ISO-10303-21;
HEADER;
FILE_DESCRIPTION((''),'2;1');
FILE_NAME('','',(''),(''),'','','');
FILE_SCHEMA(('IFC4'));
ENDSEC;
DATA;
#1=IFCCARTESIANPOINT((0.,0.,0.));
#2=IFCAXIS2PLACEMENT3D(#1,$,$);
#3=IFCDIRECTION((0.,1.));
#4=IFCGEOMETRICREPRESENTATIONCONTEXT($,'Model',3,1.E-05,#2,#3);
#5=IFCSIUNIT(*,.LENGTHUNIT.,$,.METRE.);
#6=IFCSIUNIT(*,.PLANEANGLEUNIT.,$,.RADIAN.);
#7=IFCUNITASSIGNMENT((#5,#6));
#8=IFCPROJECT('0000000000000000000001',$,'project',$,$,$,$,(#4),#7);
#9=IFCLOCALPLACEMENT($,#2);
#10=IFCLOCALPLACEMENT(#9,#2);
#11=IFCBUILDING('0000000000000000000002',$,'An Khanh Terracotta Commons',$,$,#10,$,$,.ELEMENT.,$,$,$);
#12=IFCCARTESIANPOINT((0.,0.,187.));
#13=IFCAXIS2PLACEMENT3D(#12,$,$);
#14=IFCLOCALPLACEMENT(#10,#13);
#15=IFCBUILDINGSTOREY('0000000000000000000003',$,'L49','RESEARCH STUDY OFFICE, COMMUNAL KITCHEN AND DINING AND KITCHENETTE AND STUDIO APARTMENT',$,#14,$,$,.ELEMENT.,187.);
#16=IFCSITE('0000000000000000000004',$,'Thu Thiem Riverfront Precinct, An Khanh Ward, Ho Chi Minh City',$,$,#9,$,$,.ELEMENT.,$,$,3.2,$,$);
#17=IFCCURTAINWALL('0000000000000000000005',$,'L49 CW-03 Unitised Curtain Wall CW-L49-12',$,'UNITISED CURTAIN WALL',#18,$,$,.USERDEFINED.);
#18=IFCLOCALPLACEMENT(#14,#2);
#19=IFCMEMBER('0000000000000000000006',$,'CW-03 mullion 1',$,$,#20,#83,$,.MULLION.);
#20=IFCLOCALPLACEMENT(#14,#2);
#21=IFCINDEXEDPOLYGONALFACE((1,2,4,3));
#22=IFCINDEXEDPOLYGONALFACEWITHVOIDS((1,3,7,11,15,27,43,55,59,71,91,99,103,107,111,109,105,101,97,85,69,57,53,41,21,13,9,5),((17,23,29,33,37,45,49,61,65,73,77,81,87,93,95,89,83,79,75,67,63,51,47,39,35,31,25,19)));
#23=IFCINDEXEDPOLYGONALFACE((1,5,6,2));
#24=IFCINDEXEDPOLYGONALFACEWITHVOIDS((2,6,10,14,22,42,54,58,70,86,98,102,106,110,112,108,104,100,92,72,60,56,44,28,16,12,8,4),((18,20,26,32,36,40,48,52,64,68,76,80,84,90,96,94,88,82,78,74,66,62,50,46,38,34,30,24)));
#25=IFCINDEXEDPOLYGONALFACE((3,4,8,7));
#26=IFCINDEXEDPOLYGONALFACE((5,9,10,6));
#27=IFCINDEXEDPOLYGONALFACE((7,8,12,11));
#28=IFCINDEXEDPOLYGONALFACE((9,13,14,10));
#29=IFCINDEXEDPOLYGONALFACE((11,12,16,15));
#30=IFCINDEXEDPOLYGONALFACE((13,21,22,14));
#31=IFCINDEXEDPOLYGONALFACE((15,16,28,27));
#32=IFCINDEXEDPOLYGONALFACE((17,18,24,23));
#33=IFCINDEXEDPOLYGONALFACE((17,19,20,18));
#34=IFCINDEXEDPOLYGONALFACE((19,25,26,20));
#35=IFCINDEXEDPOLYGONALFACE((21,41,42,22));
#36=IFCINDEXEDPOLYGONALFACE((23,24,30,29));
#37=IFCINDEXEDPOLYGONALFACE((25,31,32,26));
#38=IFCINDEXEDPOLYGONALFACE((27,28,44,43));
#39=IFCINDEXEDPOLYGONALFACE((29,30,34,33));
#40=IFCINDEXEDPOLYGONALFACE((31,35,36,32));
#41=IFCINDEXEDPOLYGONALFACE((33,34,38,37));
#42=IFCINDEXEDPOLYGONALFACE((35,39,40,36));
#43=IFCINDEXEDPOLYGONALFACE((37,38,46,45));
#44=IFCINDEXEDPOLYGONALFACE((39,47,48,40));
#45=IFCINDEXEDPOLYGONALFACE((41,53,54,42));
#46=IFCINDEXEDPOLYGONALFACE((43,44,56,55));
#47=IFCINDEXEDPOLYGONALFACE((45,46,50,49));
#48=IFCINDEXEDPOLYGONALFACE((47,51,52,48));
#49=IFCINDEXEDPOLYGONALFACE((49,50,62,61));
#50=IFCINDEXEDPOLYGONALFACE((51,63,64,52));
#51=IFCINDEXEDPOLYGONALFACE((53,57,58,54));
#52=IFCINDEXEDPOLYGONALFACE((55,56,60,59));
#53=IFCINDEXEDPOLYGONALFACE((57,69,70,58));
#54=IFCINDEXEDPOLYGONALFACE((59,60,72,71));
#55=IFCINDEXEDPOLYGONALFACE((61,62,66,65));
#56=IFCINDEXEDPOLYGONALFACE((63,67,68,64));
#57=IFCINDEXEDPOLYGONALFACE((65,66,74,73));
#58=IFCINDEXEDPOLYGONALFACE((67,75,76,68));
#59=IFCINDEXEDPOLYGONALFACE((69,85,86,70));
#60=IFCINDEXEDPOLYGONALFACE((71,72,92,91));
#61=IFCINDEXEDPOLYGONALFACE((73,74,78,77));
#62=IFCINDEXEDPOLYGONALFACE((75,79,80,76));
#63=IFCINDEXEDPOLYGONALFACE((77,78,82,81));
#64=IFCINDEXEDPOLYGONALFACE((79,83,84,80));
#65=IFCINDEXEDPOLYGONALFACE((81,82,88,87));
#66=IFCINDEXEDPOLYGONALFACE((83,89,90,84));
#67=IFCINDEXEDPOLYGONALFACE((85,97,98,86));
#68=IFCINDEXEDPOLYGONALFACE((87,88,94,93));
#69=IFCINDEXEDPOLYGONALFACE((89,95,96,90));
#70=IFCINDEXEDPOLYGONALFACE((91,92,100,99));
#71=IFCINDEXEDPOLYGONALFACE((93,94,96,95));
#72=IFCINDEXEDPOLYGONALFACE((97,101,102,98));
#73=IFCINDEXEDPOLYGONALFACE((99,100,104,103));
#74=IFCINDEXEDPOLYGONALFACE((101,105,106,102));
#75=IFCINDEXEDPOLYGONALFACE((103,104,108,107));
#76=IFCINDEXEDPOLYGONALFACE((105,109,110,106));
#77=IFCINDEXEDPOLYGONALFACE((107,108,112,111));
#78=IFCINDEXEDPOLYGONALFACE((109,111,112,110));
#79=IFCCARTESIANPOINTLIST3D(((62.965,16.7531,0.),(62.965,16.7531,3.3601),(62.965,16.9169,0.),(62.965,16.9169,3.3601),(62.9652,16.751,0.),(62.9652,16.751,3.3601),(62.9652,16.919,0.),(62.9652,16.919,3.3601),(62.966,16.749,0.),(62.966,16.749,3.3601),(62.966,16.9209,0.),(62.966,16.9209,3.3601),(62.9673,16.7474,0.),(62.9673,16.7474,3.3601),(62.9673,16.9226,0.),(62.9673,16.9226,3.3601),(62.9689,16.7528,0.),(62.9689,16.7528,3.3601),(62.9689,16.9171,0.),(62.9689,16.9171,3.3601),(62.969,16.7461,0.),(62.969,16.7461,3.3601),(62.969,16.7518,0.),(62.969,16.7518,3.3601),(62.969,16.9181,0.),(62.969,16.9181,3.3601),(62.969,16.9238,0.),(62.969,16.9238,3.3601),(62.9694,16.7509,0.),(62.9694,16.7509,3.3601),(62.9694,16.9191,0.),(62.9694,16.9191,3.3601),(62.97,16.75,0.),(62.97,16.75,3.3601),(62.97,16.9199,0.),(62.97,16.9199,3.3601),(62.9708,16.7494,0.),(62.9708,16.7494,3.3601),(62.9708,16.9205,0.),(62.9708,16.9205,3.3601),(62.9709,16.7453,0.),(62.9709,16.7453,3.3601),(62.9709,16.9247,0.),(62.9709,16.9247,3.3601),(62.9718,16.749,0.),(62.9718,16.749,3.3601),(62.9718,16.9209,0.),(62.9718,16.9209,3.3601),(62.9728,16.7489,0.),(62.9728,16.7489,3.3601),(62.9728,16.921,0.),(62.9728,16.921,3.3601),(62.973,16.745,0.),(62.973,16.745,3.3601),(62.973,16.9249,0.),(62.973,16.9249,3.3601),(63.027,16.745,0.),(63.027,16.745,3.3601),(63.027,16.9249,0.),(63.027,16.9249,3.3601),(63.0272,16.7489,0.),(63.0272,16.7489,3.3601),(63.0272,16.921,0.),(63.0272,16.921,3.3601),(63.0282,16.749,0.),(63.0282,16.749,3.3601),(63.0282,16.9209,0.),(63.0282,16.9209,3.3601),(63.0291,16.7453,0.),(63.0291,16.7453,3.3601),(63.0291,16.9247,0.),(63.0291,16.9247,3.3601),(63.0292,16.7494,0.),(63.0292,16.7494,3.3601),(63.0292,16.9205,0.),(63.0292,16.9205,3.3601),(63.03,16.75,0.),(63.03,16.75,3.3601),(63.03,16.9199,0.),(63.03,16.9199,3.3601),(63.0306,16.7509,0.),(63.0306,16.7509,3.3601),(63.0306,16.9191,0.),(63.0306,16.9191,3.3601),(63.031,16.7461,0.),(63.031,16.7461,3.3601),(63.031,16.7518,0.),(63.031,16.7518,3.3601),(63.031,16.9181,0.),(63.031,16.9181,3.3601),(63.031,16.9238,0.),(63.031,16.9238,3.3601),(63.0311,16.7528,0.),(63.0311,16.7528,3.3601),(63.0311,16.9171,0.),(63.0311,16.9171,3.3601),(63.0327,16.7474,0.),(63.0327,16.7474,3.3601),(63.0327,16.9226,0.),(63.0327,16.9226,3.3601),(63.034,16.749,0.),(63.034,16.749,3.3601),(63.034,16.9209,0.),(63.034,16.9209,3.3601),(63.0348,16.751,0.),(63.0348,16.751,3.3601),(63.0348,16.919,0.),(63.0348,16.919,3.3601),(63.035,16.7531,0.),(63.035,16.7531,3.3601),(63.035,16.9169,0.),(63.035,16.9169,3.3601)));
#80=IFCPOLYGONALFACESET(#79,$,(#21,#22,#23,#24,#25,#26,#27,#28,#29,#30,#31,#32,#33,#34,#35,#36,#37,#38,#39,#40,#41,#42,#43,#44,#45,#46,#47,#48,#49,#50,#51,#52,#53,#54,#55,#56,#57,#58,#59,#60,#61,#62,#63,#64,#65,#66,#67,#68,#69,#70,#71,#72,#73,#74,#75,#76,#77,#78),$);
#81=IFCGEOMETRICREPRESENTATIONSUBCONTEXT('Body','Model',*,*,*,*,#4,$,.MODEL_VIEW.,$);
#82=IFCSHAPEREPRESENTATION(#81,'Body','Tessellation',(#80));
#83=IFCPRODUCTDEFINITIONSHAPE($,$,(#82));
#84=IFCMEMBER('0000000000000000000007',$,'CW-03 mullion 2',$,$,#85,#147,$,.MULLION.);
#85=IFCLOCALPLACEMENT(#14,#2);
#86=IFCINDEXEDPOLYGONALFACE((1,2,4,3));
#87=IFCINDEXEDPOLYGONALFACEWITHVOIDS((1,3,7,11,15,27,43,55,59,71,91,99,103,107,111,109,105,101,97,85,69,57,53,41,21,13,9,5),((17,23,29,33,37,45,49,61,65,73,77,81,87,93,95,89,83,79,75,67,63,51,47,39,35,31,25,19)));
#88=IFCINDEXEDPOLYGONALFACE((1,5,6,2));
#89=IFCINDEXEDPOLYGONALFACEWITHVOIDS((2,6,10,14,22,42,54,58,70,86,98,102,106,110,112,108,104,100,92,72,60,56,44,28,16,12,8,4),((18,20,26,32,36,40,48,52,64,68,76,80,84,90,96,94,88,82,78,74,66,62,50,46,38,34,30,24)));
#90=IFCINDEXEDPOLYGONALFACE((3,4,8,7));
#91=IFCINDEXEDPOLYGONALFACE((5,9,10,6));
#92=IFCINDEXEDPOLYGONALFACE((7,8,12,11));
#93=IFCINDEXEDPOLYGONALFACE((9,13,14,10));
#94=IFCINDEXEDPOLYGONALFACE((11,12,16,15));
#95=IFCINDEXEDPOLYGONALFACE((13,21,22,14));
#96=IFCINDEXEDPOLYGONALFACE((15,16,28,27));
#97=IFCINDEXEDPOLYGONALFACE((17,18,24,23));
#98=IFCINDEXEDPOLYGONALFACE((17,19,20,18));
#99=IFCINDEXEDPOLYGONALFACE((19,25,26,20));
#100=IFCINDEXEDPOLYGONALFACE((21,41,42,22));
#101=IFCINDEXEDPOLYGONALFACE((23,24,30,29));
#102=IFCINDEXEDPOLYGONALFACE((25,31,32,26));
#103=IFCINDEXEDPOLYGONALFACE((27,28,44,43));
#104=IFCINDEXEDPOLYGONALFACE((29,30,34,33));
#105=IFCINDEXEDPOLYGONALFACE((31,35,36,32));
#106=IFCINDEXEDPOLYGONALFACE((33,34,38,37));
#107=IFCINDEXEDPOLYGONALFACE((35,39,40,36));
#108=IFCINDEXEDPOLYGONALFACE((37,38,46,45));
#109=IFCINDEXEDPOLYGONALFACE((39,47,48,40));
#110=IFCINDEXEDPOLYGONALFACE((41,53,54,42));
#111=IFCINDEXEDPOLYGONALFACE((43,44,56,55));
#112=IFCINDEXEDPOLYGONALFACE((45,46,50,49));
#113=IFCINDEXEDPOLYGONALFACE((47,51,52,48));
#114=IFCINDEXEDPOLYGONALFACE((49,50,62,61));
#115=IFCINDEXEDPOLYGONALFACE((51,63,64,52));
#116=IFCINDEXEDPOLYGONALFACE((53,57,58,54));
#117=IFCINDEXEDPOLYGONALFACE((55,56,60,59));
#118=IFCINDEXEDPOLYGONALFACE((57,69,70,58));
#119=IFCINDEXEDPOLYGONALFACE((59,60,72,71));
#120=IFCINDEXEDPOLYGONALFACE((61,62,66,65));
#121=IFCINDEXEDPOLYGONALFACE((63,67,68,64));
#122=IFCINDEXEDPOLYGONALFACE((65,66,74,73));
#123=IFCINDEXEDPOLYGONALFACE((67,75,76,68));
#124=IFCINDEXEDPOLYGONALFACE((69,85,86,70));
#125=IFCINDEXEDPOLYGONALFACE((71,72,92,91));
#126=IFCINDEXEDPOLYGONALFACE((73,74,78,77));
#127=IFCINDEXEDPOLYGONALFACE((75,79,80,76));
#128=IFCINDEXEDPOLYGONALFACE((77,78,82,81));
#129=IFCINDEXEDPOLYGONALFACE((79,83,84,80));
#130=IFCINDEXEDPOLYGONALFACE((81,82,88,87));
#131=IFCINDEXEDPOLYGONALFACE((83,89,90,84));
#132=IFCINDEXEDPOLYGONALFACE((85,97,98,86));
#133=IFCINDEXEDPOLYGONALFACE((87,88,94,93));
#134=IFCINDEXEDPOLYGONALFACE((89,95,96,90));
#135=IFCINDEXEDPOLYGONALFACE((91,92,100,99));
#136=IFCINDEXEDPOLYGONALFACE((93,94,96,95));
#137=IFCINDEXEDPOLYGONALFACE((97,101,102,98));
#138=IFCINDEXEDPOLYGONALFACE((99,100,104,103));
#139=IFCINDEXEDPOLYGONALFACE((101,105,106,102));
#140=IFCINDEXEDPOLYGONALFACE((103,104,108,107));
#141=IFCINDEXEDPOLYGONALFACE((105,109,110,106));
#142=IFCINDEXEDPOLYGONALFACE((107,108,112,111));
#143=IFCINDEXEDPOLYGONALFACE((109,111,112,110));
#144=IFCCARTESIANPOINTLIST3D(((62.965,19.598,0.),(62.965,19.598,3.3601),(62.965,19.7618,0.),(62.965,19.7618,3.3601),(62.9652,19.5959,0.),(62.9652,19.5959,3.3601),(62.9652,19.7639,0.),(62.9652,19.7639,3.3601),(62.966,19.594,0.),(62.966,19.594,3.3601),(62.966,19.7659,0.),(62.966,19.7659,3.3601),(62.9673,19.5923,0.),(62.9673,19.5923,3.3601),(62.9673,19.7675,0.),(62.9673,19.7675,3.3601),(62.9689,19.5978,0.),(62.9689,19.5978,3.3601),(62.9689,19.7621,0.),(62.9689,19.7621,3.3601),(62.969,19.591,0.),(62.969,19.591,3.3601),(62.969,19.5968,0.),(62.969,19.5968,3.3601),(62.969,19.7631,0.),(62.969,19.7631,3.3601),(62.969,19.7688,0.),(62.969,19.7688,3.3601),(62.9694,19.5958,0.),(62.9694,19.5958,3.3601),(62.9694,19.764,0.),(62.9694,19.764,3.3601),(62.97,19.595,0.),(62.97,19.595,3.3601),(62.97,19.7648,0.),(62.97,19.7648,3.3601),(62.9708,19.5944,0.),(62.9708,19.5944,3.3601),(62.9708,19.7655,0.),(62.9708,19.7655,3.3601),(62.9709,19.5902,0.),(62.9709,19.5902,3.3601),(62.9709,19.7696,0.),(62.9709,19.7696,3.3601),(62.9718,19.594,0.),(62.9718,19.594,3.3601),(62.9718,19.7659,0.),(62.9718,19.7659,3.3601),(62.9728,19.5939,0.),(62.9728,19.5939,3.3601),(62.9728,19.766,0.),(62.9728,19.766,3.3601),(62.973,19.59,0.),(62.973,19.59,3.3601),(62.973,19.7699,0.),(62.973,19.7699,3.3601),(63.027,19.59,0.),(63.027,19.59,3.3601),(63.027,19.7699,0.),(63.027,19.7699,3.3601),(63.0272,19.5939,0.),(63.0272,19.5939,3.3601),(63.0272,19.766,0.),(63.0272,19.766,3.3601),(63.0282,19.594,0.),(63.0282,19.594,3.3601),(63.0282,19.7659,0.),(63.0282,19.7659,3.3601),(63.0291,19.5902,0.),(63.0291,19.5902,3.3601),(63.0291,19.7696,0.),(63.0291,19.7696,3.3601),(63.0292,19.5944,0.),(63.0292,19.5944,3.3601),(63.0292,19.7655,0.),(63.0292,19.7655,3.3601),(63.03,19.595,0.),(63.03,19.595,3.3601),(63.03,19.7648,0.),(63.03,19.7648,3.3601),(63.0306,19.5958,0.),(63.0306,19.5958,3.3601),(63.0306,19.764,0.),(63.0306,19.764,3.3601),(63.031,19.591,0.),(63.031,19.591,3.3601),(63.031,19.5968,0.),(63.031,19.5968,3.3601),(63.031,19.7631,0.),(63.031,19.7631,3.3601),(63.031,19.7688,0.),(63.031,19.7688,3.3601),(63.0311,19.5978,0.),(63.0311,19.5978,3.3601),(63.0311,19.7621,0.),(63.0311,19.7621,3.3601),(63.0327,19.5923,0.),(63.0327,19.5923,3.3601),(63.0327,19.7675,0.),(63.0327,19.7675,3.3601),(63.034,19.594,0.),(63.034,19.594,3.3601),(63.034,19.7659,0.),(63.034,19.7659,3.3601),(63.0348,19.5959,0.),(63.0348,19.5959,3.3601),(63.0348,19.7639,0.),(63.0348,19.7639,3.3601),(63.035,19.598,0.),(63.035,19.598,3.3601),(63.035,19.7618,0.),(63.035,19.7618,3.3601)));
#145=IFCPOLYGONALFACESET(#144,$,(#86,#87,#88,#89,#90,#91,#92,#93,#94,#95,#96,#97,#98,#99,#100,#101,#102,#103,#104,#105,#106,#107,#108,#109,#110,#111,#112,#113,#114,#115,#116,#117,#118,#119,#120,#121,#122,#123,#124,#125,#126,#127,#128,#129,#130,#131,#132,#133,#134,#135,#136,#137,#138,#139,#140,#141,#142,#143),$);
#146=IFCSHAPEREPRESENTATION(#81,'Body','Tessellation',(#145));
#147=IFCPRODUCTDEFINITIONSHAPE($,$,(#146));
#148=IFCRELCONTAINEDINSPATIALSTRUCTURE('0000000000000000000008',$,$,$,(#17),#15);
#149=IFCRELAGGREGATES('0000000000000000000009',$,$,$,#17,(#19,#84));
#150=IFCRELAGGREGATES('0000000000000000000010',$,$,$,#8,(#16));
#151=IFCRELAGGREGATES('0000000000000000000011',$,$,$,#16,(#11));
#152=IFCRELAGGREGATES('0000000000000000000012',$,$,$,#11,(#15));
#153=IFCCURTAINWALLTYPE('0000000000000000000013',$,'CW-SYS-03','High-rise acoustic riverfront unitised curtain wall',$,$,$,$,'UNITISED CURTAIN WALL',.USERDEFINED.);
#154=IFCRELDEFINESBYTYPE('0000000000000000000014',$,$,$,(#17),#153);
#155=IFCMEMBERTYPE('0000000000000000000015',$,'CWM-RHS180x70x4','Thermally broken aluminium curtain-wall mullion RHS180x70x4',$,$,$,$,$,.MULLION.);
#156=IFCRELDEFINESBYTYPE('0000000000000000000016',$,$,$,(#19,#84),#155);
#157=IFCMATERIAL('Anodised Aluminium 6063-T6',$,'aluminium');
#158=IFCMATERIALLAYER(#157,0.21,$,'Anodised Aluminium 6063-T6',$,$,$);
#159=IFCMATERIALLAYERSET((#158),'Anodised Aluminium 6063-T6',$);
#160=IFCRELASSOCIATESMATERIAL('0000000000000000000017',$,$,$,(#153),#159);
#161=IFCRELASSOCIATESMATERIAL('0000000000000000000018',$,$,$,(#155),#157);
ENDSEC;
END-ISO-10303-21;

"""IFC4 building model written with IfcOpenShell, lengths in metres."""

from ifc_helpers import new_model, si_unit, direction, frame, origin, origin_2d, place, context, subcontext, project, spatial, hollow_rectangle, extrude, material, layer, layer_set, material_profile, profile_set, type_object, element, aggregate, save


model = new_model("IFC4")

# Units and contexts
model_context = context("Model", 3, precision=1e-05, world=origin(), true_north=direction((0.0, 1.0)))
body_context = subcontext(model_context, "Body", "Model", "MODEL_VIEW")
ifc_project = project(units=[si_unit("LENGTHUNIT", "METRE"), si_unit("PLANEANGLEUNIT", "RADIAN")], contexts=[model_context])

# Site, building, storey
site_placement = place(None, origin())
site = spatial("IfcSite", under=ifc_project, at=site_placement, Name="Thu Thiem Riverfront Precinct, An Khanh Ward, Ho Chi Minh City", CompositionType="ELEMENT", RefElevation=3.2)
building_placement = place(site_placement, origin())
building = spatial("IfcBuilding", under=site, at=building_placement, Name="An Khanh Terracotta Commons", CompositionType="ELEMENT")
storey_placement = place(building_placement, frame((0.0, 0.0, 187.0)))
storey = spatial("IfcBuildingStorey", under=building, at=storey_placement, Name="L49", Description="RESEARCH STUDY OFFICE, COMMUNAL KITCHEN AND DINING AND KITCHENETTE AND STUDIO APARTMENT", CompositionType="ELEMENT", Elevation=187.0)

# Curtain wall, members
ifc_material_1 = material(Name="Anodised Aluminium 6063-T6", Category="aluminium")
ifc_layer_1 = layer(ifc_material_1, 0.21, Name="Anodised Aluminium 6063-T6")
ifc_layer_set_1 = layer_set([ifc_layer_1], Name="Anodised Aluminium 6063-T6")
curtain_wall_type = type_object("IfcCurtainWallType", Name="CW-SYS-03", Description="High-rise acoustic riverfront unitised curtain wall", ElementType="UNITISED CURTAIN WALL", PredefinedType="USERDEFINED", material=ifc_layer_set_1)
ifc_material_profile_1 = material_profile(ifc_material_1, hollow_rectangle(XDim=0.0701, YDim=0.1799, WallThickness=0.0039, InnerFilletRadius=0.0039, OuterFilletRadius=0.0081, at=origin_2d()), Name="RHS180x70x4")
ifc_profile_set_1 = profile_set([ifc_material_profile_1], Name="Anodised Aluminium 6063-T6")
member_type_1 = type_object("IfcMemberType", Name="CWM-RHS180x70x4", Description="Thermally broken aluminium curtain-wall mullion RHS180x70x4", PredefinedType="MULLION", material=ifc_profile_set_1)
curtain_wall_1_placement = place(storey_placement, origin())
curtain_wall_1 = element("IfcCurtainWall", 1, at=curtain_wall_1_placement, inside=storey, type_object=curtain_wall_type, Name="L49 CW-03 Unitised Curtain Wall CW-L49-12", ObjectType="UNITISED CURTAIN WALL", PredefinedType="USERDEFINED")
member_1_placement = place(storey_placement, frame((63.0, 16.835, 0.0), z_axis=(0.0, 0.0, 1.0), x_axis=(-1.0, 0.0, 0.0)))
member_1 = element("IfcMember", 2, at=member_1_placement, type_object=member_type_1, Name="CW-03 mullion 1", PredefinedType="MULLION", context=body_context, shape_type="SweptSolid", body=[
    extrude(hollow_rectangle(XDim=0.0701, YDim=0.1799, WallThickness=0.0039, InnerFilletRadius=0.0039, OuterFilletRadius=0.0081, at=origin_2d()), origin(), (0.0, 0.0, 1.0), 3.3601),
])
member_2_placement = place(storey_placement, frame((63.0, 19.6799, 0.0), z_axis=(0.0, 0.0, 1.0), x_axis=(-1.0, 0.0, 0.0)))
member_2 = element("IfcMember", 3, at=member_2_placement, type_object=member_type_1, Name="CW-03 mullion 2", PredefinedType="MULLION", context=body_context, shape_type="SweptSolid", body=[
    extrude(hollow_rectangle(XDim=0.0701, YDim=0.1799, WallThickness=0.0039, InnerFilletRadius=0.0039, OuterFilletRadius=0.0081, at=origin_2d()), origin(), (0.0, 0.0, 1.0), 3.3601),
])

aggregate(curtain_wall_1, [member_1, member_2])

save(model, "model.ifc")
